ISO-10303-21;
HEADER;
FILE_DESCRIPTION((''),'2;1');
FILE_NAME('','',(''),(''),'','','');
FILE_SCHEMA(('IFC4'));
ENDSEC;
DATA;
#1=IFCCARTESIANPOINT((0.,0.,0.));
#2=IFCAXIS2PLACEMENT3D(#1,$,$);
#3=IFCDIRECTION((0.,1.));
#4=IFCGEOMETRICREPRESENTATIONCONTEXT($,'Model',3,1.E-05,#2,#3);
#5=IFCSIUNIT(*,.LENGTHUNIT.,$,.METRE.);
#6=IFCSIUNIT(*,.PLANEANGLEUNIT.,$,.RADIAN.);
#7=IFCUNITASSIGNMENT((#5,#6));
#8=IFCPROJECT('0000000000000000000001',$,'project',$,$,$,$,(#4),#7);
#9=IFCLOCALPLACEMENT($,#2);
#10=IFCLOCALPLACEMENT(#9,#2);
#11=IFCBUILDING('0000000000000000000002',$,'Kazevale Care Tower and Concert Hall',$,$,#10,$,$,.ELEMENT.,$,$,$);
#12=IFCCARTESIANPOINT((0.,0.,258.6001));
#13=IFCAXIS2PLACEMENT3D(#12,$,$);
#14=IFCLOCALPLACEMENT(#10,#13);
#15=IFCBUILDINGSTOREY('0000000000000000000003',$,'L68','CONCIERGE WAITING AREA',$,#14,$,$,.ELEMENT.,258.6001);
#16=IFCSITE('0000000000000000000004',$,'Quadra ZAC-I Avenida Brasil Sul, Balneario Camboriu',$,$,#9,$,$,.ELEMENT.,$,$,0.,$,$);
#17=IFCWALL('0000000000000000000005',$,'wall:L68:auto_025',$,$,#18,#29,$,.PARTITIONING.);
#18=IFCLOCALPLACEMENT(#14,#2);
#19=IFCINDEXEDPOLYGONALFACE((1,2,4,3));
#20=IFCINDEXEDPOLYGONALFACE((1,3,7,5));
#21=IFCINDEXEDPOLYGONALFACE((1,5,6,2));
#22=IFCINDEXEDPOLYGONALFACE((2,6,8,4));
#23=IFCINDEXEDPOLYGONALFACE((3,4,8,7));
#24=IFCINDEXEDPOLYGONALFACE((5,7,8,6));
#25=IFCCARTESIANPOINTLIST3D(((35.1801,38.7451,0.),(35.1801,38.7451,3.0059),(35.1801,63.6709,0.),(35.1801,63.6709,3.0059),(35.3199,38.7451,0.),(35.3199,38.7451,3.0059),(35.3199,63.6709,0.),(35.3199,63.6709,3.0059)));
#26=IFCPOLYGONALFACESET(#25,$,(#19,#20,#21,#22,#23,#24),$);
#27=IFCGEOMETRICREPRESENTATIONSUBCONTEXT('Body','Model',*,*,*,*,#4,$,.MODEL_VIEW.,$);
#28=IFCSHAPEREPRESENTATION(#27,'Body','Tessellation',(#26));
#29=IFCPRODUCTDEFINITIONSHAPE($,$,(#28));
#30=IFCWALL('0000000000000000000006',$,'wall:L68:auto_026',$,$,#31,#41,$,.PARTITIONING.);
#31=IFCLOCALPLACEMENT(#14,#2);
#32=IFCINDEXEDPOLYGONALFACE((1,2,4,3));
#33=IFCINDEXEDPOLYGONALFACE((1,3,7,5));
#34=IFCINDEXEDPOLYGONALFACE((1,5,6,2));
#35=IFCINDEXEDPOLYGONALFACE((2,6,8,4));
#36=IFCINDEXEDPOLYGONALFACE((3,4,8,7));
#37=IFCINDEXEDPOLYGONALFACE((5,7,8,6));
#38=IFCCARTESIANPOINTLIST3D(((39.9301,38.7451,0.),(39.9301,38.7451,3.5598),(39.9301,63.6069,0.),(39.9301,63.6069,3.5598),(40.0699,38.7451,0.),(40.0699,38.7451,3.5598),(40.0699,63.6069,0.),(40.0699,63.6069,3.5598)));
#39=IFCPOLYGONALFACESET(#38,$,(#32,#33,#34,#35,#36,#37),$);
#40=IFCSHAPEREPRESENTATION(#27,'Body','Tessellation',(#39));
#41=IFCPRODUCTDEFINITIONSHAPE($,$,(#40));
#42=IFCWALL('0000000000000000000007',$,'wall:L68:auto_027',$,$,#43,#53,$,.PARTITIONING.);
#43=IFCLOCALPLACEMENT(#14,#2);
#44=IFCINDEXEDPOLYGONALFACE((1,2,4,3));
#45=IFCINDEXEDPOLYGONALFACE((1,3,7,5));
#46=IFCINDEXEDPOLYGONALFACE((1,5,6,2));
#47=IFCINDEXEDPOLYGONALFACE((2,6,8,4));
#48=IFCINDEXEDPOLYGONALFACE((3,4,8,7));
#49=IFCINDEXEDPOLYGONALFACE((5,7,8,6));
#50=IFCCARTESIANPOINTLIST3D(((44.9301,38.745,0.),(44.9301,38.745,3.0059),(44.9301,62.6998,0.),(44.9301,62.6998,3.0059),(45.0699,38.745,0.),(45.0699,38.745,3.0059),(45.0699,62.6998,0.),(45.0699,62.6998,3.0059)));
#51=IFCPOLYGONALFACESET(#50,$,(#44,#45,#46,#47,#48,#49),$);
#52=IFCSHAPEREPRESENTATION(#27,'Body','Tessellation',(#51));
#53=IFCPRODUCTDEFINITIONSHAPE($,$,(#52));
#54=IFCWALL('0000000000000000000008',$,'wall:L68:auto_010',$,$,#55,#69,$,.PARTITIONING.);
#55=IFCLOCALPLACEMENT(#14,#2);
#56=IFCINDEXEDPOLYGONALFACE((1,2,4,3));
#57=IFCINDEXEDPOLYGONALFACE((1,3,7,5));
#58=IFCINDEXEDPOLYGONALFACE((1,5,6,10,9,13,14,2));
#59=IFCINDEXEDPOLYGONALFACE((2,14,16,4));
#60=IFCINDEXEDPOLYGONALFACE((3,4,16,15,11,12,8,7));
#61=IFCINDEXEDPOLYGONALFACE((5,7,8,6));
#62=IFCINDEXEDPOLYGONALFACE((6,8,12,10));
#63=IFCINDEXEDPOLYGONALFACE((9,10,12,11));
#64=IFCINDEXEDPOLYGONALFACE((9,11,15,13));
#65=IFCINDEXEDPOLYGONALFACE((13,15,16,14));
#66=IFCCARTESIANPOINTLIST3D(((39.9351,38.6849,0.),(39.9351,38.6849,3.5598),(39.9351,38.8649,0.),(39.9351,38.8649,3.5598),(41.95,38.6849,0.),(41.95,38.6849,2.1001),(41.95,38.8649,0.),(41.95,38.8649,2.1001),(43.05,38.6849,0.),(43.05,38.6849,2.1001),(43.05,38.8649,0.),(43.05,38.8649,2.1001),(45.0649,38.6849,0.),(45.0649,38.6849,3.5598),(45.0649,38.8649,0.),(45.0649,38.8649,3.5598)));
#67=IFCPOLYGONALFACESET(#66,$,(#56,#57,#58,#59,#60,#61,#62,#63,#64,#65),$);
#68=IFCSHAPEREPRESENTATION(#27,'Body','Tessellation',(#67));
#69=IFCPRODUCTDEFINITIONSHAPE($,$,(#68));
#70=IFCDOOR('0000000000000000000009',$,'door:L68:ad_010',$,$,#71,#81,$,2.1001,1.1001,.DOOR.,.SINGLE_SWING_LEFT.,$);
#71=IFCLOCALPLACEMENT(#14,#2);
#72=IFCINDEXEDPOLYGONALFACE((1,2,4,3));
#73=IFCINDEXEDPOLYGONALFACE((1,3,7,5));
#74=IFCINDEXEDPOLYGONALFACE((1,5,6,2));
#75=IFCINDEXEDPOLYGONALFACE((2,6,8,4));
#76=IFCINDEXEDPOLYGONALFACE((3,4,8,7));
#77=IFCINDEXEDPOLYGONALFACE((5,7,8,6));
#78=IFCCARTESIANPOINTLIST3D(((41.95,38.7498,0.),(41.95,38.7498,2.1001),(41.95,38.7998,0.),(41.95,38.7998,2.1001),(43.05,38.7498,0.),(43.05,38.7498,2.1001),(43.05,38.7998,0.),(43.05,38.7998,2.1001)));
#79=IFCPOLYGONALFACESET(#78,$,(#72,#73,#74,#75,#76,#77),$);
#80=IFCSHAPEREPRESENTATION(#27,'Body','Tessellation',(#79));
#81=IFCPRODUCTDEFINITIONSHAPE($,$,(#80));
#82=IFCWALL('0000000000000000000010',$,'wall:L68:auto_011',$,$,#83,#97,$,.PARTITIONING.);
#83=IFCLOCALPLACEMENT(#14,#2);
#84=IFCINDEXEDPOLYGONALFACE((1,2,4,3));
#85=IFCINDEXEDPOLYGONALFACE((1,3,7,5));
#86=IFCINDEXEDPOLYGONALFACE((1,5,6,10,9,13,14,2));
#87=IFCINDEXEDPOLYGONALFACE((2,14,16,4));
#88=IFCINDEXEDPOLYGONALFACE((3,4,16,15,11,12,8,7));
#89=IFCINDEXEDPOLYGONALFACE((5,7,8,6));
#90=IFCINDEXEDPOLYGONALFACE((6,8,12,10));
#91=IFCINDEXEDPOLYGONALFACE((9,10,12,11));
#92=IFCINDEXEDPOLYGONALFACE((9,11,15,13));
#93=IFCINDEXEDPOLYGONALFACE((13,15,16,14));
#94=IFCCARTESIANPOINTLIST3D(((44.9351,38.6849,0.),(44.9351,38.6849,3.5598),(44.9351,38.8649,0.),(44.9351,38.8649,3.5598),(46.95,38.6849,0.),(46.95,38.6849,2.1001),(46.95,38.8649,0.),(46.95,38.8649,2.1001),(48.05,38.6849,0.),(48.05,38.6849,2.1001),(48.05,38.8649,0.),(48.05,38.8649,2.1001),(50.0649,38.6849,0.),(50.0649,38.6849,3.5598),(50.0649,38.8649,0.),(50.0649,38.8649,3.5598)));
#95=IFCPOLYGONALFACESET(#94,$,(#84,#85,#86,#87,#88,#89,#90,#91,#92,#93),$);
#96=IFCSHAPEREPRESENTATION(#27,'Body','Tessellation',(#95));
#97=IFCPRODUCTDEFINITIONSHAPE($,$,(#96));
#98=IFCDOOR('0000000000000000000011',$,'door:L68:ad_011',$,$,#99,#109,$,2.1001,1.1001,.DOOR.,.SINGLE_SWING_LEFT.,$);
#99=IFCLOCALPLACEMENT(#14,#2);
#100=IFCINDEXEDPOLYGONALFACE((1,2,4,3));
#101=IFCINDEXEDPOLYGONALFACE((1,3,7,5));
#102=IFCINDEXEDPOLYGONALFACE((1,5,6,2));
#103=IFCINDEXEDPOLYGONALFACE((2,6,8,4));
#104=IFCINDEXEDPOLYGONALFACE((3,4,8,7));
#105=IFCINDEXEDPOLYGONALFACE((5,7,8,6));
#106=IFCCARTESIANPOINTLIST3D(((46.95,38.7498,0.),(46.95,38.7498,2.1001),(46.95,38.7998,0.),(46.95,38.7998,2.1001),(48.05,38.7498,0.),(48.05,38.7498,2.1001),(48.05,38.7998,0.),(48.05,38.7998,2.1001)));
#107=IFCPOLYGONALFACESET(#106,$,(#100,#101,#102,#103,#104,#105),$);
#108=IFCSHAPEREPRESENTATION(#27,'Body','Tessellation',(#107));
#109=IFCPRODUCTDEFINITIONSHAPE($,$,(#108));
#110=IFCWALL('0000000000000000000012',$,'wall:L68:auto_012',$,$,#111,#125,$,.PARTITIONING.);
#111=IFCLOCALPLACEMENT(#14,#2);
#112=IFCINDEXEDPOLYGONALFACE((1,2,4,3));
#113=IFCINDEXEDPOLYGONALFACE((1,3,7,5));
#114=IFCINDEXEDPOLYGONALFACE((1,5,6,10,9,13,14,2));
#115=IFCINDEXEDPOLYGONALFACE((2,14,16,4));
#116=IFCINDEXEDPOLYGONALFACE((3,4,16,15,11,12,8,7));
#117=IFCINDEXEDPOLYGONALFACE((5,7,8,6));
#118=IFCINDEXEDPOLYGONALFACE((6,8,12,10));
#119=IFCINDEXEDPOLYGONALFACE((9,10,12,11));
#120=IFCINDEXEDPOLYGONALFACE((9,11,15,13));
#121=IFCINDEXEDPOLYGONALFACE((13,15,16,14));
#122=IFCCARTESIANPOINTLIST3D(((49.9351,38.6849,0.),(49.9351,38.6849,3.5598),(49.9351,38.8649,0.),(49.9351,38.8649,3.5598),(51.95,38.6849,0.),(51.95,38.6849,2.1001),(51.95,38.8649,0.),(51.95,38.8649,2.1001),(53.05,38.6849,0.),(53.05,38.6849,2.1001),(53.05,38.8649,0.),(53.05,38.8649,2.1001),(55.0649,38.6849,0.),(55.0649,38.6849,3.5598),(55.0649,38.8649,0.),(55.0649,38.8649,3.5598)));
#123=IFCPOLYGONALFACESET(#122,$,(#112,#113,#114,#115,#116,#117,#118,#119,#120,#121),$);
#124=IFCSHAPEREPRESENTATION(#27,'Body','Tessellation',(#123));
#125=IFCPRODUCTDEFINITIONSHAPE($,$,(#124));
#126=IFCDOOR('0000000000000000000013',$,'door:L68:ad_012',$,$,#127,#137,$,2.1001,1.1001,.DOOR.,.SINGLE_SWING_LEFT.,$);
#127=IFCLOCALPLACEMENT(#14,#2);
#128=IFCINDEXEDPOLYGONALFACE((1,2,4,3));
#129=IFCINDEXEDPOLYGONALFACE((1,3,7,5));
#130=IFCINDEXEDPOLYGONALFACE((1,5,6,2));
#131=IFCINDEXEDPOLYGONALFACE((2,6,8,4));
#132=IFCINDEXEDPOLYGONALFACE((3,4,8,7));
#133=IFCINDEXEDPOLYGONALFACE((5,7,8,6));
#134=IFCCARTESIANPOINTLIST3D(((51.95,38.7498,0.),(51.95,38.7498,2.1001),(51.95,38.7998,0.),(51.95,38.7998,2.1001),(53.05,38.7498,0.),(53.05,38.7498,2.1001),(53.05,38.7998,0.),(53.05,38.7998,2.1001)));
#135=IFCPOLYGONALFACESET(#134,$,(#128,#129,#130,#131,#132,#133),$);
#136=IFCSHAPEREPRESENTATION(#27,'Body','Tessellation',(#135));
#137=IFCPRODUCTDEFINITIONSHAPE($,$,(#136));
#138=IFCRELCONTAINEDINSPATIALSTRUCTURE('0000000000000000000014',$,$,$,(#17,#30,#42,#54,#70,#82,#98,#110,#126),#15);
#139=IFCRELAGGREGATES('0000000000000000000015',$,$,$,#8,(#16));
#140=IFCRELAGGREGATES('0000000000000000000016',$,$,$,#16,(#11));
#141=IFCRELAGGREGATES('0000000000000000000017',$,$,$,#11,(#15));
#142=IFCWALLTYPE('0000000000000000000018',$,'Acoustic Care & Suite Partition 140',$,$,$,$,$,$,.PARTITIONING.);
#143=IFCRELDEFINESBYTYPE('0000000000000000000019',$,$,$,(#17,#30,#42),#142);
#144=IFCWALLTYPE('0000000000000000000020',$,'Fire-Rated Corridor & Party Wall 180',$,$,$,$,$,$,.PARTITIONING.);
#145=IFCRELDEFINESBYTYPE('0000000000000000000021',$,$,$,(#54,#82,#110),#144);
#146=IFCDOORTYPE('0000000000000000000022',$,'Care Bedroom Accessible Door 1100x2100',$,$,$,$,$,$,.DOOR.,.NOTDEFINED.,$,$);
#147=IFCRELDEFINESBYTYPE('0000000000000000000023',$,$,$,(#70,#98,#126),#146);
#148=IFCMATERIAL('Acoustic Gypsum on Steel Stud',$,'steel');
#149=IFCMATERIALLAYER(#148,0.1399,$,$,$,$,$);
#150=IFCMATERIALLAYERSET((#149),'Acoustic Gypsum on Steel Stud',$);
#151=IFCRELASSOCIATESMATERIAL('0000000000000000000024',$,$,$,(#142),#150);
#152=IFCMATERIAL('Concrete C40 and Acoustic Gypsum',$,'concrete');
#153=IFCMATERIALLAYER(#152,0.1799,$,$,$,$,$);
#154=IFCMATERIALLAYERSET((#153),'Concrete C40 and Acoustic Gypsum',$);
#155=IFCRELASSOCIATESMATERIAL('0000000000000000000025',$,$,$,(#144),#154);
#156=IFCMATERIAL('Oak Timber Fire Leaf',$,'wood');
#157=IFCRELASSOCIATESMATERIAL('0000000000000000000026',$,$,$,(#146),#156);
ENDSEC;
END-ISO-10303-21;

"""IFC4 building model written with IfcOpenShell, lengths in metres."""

from ifc_helpers import new_model, si_unit, direction, frame, frame_2d, origin, place, context, subcontext, project, spatial, rectangle, extrude, material, layer, layer_set, type_object, element, fill, save


model = new_model("IFC4")

# Units and contexts
model_context = context("Model", 3, precision=1e-05, world=origin(), true_north=direction((0.0, 1.0)))
body_context = subcontext(model_context, "Body", "Model", "MODEL_VIEW")
ifc_project = project(units=[si_unit("LENGTHUNIT", "METRE"), si_unit("PLANEANGLEUNIT", "RADIAN")], contexts=[model_context])

# Site, building, storey
site_placement = place(None, origin())
site = spatial("IfcSite", under=ifc_project, at=site_placement, Name="Quadra ZAC-I Avenida Brasil Sul, Balneario Camboriu", CompositionType="ELEMENT", RefElevation=0.0)
building_placement = place(site_placement, origin())
building = spatial("IfcBuilding", under=site, at=building_placement, Name="Kazevale Care Tower and Concert Hall", CompositionType="ELEMENT")
storey_placement = place(building_placement, frame((0.0, 0.0, 258.6001)))
storey = spatial("IfcBuildingStorey", under=building, at=storey_placement, Name="L68", Description="CONCIERGE WAITING AREA", CompositionType="ELEMENT", Elevation=258.6001)

# Walls
ifc_material_1 = material(Name="Acoustic Gypsum on Steel Stud", Category="steel")
ifc_layer_1 = layer(ifc_material_1, 0.1399)
ifc_layer_set_1 = layer_set([ifc_layer_1], Name="Acoustic Gypsum on Steel Stud")
wall_type_1 = type_object("IfcWallType", Name="Acoustic Care & Suite Partition 140", PredefinedType="PARTITIONING", material=ifc_layer_set_1)
wall_1_placement = place(storey_placement, frame((35.25, 63.6709, 0.0), z_axis=(0.0, 0.0, 1.0), x_axis=(0.0, -1.0, 0.0)))
element("IfcWall", 1, at=wall_1_placement, inside=storey, type_object=wall_type_1, Name="wall:L68:auto_025", PredefinedType="PARTITIONING", context=body_context, shape_type="SweptSolid", body=[
    extrude(rectangle(XDim=24.9258, YDim=0.1399, at=frame_2d((12.4629, 0.0))), origin(), (0.0, 0.0, 1.0), 3.0059),
])
wall_2_placement = place(storey_placement, frame((40.0, 63.6069, 0.0), z_axis=(0.0, 0.0, 1.0), x_axis=(0.0, -1.0, 0.0)))
element("IfcWall", 2, at=wall_2_placement, inside=storey, type_object=wall_type_1, Name="wall:L68:auto_026", PredefinedType="PARTITIONING", context=body_context, shape_type="SweptSolid", body=[
    extrude(rectangle(XDim=24.8618, YDim=0.1399, at=frame_2d((12.4309, 0.0))), origin(), (0.0, 0.0, 1.0), 3.5598),
])
wall_3_placement = place(storey_placement, frame((45.0, 62.7, 0.0), z_axis=(0.0, 0.0, 1.0), x_axis=(0.0, -1.0, 0.0)))
element("IfcWall", 3, at=wall_3_placement, inside=storey, type_object=wall_type_1, Name="wall:L68:auto_027", PredefinedType="PARTITIONING", context=body_context, shape_type="SweptSolid", body=[
    extrude(rectangle(XDim=23.9548, YDim=0.1399, at=frame_2d((11.9775, 0.0))), origin(), (0.0, 0.0, 1.0), 3.0059),
])

# Walls, openings, doors
ifc_material_2 = material(Name="Concrete C40 and Acoustic Gypsum", Category="concrete")
ifc_layer_2 = layer(ifc_material_2, 0.1799)
ifc_layer_set_2 = layer_set([ifc_layer_2], Name="Concrete C40 and Acoustic Gypsum")
wall_type_2 = type_object("IfcWallType", Name="Fire-Rated Corridor & Party Wall 180", PredefinedType="PARTITIONING", material=ifc_layer_set_2)
wall_4_placement = place(storey_placement, frame((39.9351, 38.7749, 0.0), z_axis=(0.0, 0.0, 1.0), x_axis=(1.0, 0.0, 0.0)))
wall_4 = element("IfcWall", 4, at=wall_4_placement, inside=storey, type_object=wall_type_2, Name="wall:L68:auto_010", PredefinedType="PARTITIONING", context=body_context, shape_type="SweptSolid", body=[
    extrude(rectangle(XDim=5.1299, YDim=0.1799, at=frame_2d((2.5649, 0.0))), origin(), (0.0, 0.0, 1.0), 3.5598),
])
opening_1_placement = place(wall_4_placement, frame((2.0149, 0.0, 0.0)))
opening_1 = element("IfcOpeningElement", 5, at=opening_1_placement, cuts=wall_4, PredefinedType="OPENING", context=body_context, shape_type="SweptSolid", body=[
    extrude(rectangle(XDim=1.1001, YDim=2.1001, at=frame_2d((0.55, 1.05))), frame((0.0, 0.0999, 0.0), z_axis=(0.0, -1.0, 0.0), x_axis=(1.0, 0.0, 0.0)), (0.0, 0.0, 1.0), 0.2),
])
ifc_material_3 = material(Name="Oak Timber Fire Leaf", Category="wood")
door_type = type_object("IfcDoorType", Name="Care Bedroom Accessible Door 1100x2100", OperationType="NOTDEFINED", PredefinedType="DOOR", material=ifc_material_3)
door_1_placement = place(opening_1_placement, origin())
door_1 = element("IfcDoor", 6, at=door_1_placement, inside=storey, type_object=door_type, Name="door:L68:ad_010", OperationType="SINGLE_SWING_LEFT", OverallHeight=2.1001, OverallWidth=1.1001, PredefinedType="DOOR", context=body_context, shape_type="SweptSolid", body=[
    extrude(rectangle(XDim=1.1001, YDim=2.1001, at=frame_2d((0.55, 1.05))), frame((0.0, 0.0249, 0.0), z_axis=(0.0, -1.0, 0.0), x_axis=(1.0, 0.0, 0.0)), (0.0, 0.0, 1.0), 0.05),
])
fill(opening_1, door_1)
wall_5_placement = place(storey_placement, frame((44.9351, 38.7749, 0.0), z_axis=(0.0, 0.0, 1.0), x_axis=(1.0, 0.0, 0.0)))
wall_5 = element("IfcWall", 7, at=wall_5_placement, inside=storey, type_object=wall_type_2, Name="wall:L68:auto_011", PredefinedType="PARTITIONING", context=body_context, shape_type="SweptSolid", body=[
    extrude(rectangle(XDim=5.1299, YDim=0.1799, at=frame_2d((2.5649, 0.0))), origin(), (0.0, 0.0, 1.0), 3.5598),
])
opening_2_placement = place(wall_5_placement, frame((2.0149, 0.0, 0.0)))
opening_2 = element("IfcOpeningElement", 8, at=opening_2_placement, cuts=wall_5, PredefinedType="OPENING", context=body_context, shape_type="SweptSolid", body=[
    extrude(rectangle(XDim=1.1001, YDim=2.1001, at=frame_2d((0.55, 1.05))), frame((0.0, 0.0999, 0.0), z_axis=(0.0, -1.0, 0.0), x_axis=(1.0, 0.0, 0.0)), (0.0, 0.0, 1.0), 0.2),
])
door_2_placement = place(opening_2_placement, origin())
door_2 = element("IfcDoor", 9, at=door_2_placement, inside=storey, type_object=door_type, Name="door:L68:ad_011", OperationType="SINGLE_SWING_LEFT", OverallHeight=2.1001, OverallWidth=1.1001, PredefinedType="DOOR", context=body_context, shape_type="SweptSolid", body=[
    extrude(rectangle(XDim=1.1001, YDim=2.1001, at=frame_2d((0.55, 1.05))), frame((0.0, 0.0249, 0.0), z_axis=(0.0, -1.0, 0.0), x_axis=(1.0, 0.0, 0.0)), (0.0, 0.0, 1.0), 0.05),
])
fill(opening_2, door_2)
wall_6_placement = place(storey_placement, frame((49.9351, 38.7749, 0.0), z_axis=(0.0, 0.0, 1.0), x_axis=(1.0, 0.0, 0.0)))
wall_6 = element("IfcWall", 10, at=wall_6_placement, inside=storey, type_object=wall_type_2, Name="wall:L68:auto_012", PredefinedType="PARTITIONING", context=body_context, shape_type="SweptSolid", body=[
    extrude(rectangle(XDim=5.1299, YDim=0.1799, at=frame_2d((2.5649, 0.0))), origin(), (0.0, 0.0, 1.0), 3.5598),
])
opening_3_placement = place(wall_6_placement, frame((2.0149, 0.0, 0.0)))
opening_3 = element("IfcOpeningElement", 11, at=opening_3_placement, cuts=wall_6, PredefinedType="OPENING", context=body_context, shape_type="SweptSolid", body=[
    extrude(rectangle(XDim=1.1001, YDim=2.1001, at=frame_2d((0.55, 1.05))), frame((0.0, 0.0999, 0.0), z_axis=(0.0, -1.0, 0.0), x_axis=(1.0, 0.0, 0.0)), (0.0, 0.0, 1.0), 0.2),
])
door_3_placement = place(opening_3_placement, origin())
door_3 = element("IfcDoor", 12, at=door_3_placement, inside=storey, type_object=door_type, Name="door:L68:ad_012", OperationType="SINGLE_SWING_LEFT", OverallHeight=2.1001, OverallWidth=1.1001, PredefinedType="DOOR", context=body_context, shape_type="SweptSolid", body=[
    extrude(rectangle(XDim=1.1001, YDim=2.1001, at=frame_2d((0.55, 1.05))), frame((0.0, 0.0249, 0.0), z_axis=(0.0, -1.0, 0.0), x_axis=(1.0, 0.0, 0.0)), (0.0, 0.0, 1.0), 0.05),
])
fill(opening_3, door_3)

save(model, "model.ifc")
